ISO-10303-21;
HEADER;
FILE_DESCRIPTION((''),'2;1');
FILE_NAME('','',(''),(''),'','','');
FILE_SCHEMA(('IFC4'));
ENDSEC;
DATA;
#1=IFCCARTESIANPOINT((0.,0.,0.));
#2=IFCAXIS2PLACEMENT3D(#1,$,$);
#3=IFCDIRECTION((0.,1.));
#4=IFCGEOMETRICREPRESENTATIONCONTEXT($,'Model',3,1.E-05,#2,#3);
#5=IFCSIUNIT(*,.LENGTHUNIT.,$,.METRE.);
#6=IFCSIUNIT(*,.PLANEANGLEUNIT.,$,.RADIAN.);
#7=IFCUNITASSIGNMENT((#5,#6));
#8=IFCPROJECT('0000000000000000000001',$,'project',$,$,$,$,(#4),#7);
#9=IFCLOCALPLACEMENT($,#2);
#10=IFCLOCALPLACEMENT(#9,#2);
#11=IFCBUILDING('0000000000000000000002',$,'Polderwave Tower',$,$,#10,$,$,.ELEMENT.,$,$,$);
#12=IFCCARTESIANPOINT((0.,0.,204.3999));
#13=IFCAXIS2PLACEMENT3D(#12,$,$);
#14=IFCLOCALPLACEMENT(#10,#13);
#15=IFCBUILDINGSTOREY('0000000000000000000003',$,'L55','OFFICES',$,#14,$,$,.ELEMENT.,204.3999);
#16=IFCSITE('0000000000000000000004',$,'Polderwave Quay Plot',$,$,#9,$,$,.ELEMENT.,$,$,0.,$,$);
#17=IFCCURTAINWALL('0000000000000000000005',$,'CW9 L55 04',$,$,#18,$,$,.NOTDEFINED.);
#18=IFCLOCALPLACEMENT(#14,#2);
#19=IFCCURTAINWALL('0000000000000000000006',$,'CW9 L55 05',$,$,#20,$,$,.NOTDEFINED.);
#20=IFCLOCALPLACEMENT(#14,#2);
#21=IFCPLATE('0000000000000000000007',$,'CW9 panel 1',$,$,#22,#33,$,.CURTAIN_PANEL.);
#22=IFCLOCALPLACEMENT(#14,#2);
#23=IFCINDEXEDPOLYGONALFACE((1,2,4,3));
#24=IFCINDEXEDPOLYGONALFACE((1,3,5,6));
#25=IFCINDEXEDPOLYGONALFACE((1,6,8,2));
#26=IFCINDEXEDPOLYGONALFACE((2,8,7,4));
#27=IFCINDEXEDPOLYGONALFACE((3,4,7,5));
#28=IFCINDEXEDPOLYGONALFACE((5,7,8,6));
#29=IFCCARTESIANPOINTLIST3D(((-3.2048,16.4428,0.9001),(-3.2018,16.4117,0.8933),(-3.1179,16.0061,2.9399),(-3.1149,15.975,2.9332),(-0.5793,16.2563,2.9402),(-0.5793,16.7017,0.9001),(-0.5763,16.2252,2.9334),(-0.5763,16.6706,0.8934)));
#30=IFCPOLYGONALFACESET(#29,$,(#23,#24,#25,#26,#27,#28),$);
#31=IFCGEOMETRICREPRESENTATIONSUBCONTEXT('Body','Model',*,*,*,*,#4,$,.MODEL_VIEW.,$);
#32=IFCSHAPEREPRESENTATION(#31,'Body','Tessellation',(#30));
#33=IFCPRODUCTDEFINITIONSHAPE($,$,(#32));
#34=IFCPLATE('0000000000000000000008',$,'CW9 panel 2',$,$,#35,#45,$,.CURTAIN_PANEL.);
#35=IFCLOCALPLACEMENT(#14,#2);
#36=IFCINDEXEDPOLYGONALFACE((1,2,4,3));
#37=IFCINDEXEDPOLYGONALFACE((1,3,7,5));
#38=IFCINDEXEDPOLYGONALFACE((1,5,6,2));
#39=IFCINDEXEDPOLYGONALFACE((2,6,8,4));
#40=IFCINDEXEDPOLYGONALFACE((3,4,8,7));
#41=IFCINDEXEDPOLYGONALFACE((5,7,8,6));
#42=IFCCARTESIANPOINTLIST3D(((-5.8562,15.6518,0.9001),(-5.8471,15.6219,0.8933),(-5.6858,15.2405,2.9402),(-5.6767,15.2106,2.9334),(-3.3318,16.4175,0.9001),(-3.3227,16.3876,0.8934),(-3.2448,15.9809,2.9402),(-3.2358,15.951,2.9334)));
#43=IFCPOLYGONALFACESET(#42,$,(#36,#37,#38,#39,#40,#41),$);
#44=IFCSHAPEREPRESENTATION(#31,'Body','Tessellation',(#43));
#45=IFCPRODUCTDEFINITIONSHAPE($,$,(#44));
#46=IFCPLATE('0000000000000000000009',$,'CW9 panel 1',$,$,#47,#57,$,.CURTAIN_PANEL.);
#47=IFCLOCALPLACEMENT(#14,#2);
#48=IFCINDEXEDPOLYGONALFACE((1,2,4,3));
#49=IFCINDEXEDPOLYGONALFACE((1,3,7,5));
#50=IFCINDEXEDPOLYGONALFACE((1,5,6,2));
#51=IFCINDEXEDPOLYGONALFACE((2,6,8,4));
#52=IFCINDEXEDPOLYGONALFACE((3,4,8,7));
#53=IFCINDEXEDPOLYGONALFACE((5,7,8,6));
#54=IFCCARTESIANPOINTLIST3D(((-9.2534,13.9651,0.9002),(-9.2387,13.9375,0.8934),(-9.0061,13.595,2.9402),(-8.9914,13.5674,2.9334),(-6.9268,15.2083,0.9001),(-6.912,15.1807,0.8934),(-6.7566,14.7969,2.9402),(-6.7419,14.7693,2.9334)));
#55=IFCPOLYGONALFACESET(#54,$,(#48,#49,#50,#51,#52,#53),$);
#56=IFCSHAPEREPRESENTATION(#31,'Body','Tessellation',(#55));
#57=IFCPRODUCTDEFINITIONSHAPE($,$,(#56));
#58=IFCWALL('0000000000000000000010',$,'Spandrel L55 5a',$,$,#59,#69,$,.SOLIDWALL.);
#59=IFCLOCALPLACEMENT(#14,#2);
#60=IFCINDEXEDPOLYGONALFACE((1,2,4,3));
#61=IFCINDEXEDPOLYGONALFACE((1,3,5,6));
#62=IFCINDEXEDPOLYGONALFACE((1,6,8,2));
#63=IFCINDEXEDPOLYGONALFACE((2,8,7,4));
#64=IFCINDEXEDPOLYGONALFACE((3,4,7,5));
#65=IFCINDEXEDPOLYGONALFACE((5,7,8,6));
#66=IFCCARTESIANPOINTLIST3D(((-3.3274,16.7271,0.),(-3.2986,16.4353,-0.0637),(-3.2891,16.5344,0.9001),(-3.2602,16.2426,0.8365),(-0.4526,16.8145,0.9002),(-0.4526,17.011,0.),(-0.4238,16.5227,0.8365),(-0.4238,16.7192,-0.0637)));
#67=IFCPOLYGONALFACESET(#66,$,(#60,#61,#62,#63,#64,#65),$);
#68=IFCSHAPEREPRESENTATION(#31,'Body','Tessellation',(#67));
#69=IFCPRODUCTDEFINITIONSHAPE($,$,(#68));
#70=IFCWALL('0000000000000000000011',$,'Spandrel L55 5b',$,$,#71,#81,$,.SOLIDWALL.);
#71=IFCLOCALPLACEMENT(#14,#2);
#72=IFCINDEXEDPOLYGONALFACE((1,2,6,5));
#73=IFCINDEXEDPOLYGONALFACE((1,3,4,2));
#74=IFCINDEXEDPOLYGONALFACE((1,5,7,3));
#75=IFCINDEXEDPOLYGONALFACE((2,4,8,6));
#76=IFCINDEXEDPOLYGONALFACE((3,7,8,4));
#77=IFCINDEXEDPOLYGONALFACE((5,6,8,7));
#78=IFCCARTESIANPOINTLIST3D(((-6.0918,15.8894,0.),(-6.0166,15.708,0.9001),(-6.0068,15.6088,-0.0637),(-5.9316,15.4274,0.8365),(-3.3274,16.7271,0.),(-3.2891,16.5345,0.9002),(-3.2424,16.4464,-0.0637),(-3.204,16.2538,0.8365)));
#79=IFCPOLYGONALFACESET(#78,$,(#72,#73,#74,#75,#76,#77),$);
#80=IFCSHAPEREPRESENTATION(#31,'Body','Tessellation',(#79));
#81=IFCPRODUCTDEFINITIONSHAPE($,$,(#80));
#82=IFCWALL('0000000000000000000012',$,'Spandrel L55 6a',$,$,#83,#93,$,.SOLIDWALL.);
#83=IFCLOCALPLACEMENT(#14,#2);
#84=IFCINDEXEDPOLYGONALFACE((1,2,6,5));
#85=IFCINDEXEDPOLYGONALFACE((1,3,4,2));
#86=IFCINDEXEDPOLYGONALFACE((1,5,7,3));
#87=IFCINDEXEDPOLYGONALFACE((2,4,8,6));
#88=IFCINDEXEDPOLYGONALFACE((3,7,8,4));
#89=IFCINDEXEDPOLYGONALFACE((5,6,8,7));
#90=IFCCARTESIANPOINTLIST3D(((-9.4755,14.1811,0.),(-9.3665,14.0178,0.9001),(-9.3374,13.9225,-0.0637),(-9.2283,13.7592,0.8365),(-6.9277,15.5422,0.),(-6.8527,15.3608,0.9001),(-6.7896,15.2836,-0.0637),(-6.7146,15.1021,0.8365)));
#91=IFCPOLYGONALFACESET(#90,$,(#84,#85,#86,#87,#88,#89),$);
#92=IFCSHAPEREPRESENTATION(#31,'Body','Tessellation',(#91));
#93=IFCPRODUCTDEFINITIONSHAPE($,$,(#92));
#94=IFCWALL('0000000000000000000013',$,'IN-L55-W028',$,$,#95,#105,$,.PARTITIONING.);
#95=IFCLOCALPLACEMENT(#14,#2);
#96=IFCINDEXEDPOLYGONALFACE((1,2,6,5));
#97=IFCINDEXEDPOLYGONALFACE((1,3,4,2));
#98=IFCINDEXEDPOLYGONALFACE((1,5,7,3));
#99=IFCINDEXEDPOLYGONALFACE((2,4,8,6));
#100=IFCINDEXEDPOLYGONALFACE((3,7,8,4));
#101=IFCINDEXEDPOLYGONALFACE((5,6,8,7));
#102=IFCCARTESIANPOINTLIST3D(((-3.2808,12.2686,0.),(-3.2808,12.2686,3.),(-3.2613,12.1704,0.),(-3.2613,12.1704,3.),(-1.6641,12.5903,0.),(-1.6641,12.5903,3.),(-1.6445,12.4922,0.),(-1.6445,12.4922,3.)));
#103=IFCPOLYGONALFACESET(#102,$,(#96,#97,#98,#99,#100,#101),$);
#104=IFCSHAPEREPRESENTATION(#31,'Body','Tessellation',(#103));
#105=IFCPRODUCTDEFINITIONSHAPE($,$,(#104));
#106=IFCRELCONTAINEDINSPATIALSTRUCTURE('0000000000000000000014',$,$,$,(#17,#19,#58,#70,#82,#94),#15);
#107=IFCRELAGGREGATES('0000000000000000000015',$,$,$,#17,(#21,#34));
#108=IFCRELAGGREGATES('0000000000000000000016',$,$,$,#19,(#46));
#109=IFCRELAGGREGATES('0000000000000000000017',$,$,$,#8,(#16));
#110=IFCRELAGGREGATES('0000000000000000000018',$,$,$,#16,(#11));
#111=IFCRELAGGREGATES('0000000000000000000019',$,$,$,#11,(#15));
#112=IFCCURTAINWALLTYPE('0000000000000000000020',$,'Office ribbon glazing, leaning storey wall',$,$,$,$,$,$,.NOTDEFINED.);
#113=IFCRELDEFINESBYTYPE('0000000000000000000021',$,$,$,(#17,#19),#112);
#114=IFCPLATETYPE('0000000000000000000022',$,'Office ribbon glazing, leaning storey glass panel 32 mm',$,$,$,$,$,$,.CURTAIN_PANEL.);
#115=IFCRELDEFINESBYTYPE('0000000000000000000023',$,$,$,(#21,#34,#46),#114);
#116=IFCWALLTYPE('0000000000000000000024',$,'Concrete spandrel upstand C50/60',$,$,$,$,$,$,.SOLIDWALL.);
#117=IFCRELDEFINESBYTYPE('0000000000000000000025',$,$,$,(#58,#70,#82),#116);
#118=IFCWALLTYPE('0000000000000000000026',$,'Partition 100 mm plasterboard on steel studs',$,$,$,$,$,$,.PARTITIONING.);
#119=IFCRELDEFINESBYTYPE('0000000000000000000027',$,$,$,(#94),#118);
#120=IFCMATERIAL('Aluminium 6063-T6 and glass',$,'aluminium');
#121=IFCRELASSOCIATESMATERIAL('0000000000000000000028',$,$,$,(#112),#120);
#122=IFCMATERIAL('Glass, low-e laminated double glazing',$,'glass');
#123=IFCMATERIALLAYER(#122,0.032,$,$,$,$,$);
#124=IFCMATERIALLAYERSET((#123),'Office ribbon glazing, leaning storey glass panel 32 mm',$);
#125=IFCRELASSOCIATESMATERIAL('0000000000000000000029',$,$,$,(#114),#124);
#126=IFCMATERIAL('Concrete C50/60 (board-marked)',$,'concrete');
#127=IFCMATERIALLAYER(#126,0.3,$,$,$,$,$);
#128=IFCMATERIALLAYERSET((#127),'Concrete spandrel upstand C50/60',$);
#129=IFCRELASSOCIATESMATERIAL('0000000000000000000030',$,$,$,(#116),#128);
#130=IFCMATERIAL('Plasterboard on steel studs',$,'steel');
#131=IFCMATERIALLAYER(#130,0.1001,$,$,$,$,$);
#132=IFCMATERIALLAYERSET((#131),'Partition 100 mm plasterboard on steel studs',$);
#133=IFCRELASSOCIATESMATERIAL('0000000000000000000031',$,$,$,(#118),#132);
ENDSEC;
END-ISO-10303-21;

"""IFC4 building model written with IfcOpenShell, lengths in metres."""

from ifc_helpers import new_model, si_unit, direction, frame, frame_2d, origin, place, context, subcontext, project, spatial, polyline, rectangle, outline, extrude, material, layer, layer_set, type_object, element, aggregate, save


model = new_model("IFC4")

# Units and contexts
model_context = context("Model", 3, precision=1e-05, world=origin(), true_north=direction((0.0, 1.0)))
body_context = subcontext(model_context, "Body", "Model", "MODEL_VIEW")
ifc_project = project(units=[si_unit("LENGTHUNIT", "METRE"), si_unit("PLANEANGLEUNIT", "RADIAN")], contexts=[model_context])

# Site, building, storey
site_placement = place(None, origin())
site = spatial("IfcSite", under=ifc_project, at=site_placement, Name="Polderwave Quay Plot", CompositionType="ELEMENT", RefElevation=0.0)
building_placement = place(site_placement, origin())
building = spatial("IfcBuilding", under=site, at=building_placement, Name="Polderwave Tower", CompositionType="ELEMENT")
storey_placement = place(building_placement, frame((0.0, 0.0, 204.3999)))
storey = spatial("IfcBuildingStorey", under=building, at=storey_placement, Name="L55", Description="OFFICES", CompositionType="ELEMENT", Elevation=204.3999)

# Curtain wall
ifc_material_1 = material(Name="Aluminium 6063-T6 and glass", Category="aluminium")
curtain_wall_type = type_object("IfcCurtainWallType", Name="Office ribbon glazing, leaning storey wall", PredefinedType="NOTDEFINED", material=ifc_material_1)
curtain_wall_1_placement = place(storey_placement, origin())
curtain_wall_1 = element("IfcCurtainWall", 1, at=curtain_wall_1_placement, inside=storey, type_object=curtain_wall_type, Name="CW9 L55 04", PredefinedType="NOTDEFINED")

# Curtain wall
curtain_wall_2_placement = place(storey_placement, origin())
curtain_wall_2 = element("IfcCurtainWall", 2, at=curtain_wall_2_placement, inside=storey, type_object=curtain_wall_type, Name="CW9 L55 05", PredefinedType="NOTDEFINED")

# Plates
ifc_material_2 = material(Name="Glass, low-e laminated double glazing", Category="glass")
ifc_layer_1 = layer(ifc_material_2, 0.032)
ifc_layer_set_1 = layer_set([ifc_layer_1], Name="Office ribbon glazing, leaning storey glass panel 32 mm")
plate_type = type_object("IfcPlateType", Name="Office ribbon glazing, leaning storey glass panel 32 mm", PredefinedType="CURTAIN_PANEL", material=ifc_layer_set_1)
plate_1_placement = place(storey_placement, frame((-0.5793, 16.7017, 0.9001), z_axis=(-0.095871, 0.97249, 0.2123), x_axis=(-0.995176, -0.098106, -0.000003)))
plate_1 = element("IfcPlate", 3, at=plate_1_placement, type_object=plate_type, Name="CW9 panel 1", PredefinedType="CURTAIN_PANEL", context=body_context, shape_type="SweptSolid", body=[
    extrude(outline(polyline([(0.0, 0.0), (2.6382, 0.0), (2.5946, 2.0874), (0.0437, 2.0876), (0.0, 0.0)])), origin(), (0.0, 0.0, -1.0), 0.032),
])
plate_2_placement = place(storey_placement, frame((-3.3318, 16.4175, 0.9001), z_axis=(-0.283653, 0.935148, 0.212227), x_axis=(-0.956947, -0.290263, -0.000007)))
plate_2 = element("IfcPlate", 4, at=plate_2_placement, type_object=plate_type, Name="CW9 panel 2", PredefinedType="CURTAIN_PANEL", context=body_context, shape_type="SweptSolid", body=[
    extrude(outline(polyline([(0.0, 0.0), (2.638, 0.0), (2.5943, 2.0876), (0.0435, 2.0876), (0.0, 0.0)])), origin(), (0.0, 0.0, -1.0), 0.032),
])
aggregate(curtain_wall_1, [plate_1, plate_2])
plate_3_placement = place(storey_placement, frame((-6.9268, 15.2083, 0.9001), z_axis=(-0.460522, 0.861909, 0.21221), x_axis=(-0.881997, -0.471255, 0.000001)))
plate_3 = element("IfcPlate", 5, at=plate_3_placement, type_object=plate_type, Name="CW9 panel 1", PredefinedType="CURTAIN_PANEL", context=body_context, shape_type="SweptSolid", body=[
    extrude(outline(polyline([(0.0, 0.0), (2.638, 0.0), (2.5942, 2.0876), (0.0438, 2.0876), (0.0, 0.0)])), origin(), (0.0, 0.0, -1.0), 0.032),
])
aggregate(curtain_wall_2, [plate_3])

# Walls
ifc_material_3 = material(Name="Concrete C50/60 (board-marked)", Category="concrete")
ifc_layer_2 = layer(ifc_material_3, 0.3)
ifc_layer_set_2 = layer_set([ifc_layer_2], Name="Concrete spandrel upstand C50/60")
wall_type_1 = type_object("IfcWallType", Name="Concrete spandrel upstand C50/60", PredefinedType="SOLIDWALL", material=ifc_layer_set_2)
wall_1_placement = place(storey_placement, frame((-0.4526, 17.011, 0.0), z_axis=(-0.09603, 0.972483, 0.212261), x_axis=(-0.99516, -0.09827, 0.000004)))
element("IfcWall", 6, at=wall_1_placement, inside=storey, type_object=wall_type_1, Name="Spandrel L55 5a", PredefinedType="SOLIDWALL", context=body_context, shape_type="SweptSolid", body=[
    extrude(outline(polyline([(0.0, 0.0), (2.8887, 0.0), (2.8695, 0.9211), (0.0193, 0.9211), (0.0, 0.0)])), origin(), (0.0, 0.0, -1.0), 0.3),
])
wall_2_placement = place(storey_placement, frame((-3.3274, 16.7271, 0.0), z_axis=(-0.283379, 0.935243, 0.212173), x_axis=(-0.957032, -0.289982, 0.000002)))
element("IfcWall", 7, at=wall_2_placement, inside=storey, type_object=wall_type_1, Name="Spandrel L55 5b", PredefinedType="SOLIDWALL", context=body_context, shape_type="SweptSolid", body=[
    extrude(outline(polyline([(0.0, 0.0), (2.8885, 0.0), (2.8692, 0.9211), (0.0192, 0.9211), (0.0, 0.0)])), origin(), (0.0, 0.0, -1.0), 0.3),
])
wall_3_placement = place(storey_placement, frame((-6.9277, 15.5422, 0.0), z_axis=(-0.460491, 0.861944, 0.212134), x_axis=(-0.882019, -0.471214, -0.000006)))
element("IfcWall", 8, at=wall_3_placement, inside=storey, type_object=wall_type_1, Name="Spandrel L55 6a", PredefinedType="SOLIDWALL", context=body_context, shape_type="SweptSolid", body=[
    extrude(outline(polyline([(0.0, 0.0), (2.8886, 0.0), (2.8693, 0.9211), (0.0194, 0.9211), (0.0, 0.0)])), origin(), (0.0, 0.0, -1.0), 0.3),
])
ifc_material_4 = material(Name="Plasterboard on steel studs", Category="steel")
ifc_layer_3 = layer(ifc_material_4, 0.1001)
ifc_layer_set_3 = layer_set([ifc_layer_3], Name="Partition 100 mm plasterboard on steel studs")
wall_type_2 = type_object("IfcWallType", Name="Partition 100 mm plasterboard on steel studs", PredefinedType="PARTITIONING", material=ifc_layer_set_3)
wall_4_placement = place(storey_placement, frame((-1.6543, 12.5413, 0.0), z_axis=(0.0, 0.0, 1.0), x_axis=(-0.980763, -0.195205, 0.0)))
element("IfcWall", 9, at=wall_4_placement, inside=storey, type_object=wall_type_2, Name="IN-L55-W028", PredefinedType="PARTITIONING", context=body_context, shape_type="SweptSolid", body=[
    extrude(rectangle(XDim=1.6484, YDim=0.1001, at=frame_2d((0.8242, 0.0))), origin(), (0.0, 0.0, 1.0), 3.0),
])

save(model, "model.ifc")
